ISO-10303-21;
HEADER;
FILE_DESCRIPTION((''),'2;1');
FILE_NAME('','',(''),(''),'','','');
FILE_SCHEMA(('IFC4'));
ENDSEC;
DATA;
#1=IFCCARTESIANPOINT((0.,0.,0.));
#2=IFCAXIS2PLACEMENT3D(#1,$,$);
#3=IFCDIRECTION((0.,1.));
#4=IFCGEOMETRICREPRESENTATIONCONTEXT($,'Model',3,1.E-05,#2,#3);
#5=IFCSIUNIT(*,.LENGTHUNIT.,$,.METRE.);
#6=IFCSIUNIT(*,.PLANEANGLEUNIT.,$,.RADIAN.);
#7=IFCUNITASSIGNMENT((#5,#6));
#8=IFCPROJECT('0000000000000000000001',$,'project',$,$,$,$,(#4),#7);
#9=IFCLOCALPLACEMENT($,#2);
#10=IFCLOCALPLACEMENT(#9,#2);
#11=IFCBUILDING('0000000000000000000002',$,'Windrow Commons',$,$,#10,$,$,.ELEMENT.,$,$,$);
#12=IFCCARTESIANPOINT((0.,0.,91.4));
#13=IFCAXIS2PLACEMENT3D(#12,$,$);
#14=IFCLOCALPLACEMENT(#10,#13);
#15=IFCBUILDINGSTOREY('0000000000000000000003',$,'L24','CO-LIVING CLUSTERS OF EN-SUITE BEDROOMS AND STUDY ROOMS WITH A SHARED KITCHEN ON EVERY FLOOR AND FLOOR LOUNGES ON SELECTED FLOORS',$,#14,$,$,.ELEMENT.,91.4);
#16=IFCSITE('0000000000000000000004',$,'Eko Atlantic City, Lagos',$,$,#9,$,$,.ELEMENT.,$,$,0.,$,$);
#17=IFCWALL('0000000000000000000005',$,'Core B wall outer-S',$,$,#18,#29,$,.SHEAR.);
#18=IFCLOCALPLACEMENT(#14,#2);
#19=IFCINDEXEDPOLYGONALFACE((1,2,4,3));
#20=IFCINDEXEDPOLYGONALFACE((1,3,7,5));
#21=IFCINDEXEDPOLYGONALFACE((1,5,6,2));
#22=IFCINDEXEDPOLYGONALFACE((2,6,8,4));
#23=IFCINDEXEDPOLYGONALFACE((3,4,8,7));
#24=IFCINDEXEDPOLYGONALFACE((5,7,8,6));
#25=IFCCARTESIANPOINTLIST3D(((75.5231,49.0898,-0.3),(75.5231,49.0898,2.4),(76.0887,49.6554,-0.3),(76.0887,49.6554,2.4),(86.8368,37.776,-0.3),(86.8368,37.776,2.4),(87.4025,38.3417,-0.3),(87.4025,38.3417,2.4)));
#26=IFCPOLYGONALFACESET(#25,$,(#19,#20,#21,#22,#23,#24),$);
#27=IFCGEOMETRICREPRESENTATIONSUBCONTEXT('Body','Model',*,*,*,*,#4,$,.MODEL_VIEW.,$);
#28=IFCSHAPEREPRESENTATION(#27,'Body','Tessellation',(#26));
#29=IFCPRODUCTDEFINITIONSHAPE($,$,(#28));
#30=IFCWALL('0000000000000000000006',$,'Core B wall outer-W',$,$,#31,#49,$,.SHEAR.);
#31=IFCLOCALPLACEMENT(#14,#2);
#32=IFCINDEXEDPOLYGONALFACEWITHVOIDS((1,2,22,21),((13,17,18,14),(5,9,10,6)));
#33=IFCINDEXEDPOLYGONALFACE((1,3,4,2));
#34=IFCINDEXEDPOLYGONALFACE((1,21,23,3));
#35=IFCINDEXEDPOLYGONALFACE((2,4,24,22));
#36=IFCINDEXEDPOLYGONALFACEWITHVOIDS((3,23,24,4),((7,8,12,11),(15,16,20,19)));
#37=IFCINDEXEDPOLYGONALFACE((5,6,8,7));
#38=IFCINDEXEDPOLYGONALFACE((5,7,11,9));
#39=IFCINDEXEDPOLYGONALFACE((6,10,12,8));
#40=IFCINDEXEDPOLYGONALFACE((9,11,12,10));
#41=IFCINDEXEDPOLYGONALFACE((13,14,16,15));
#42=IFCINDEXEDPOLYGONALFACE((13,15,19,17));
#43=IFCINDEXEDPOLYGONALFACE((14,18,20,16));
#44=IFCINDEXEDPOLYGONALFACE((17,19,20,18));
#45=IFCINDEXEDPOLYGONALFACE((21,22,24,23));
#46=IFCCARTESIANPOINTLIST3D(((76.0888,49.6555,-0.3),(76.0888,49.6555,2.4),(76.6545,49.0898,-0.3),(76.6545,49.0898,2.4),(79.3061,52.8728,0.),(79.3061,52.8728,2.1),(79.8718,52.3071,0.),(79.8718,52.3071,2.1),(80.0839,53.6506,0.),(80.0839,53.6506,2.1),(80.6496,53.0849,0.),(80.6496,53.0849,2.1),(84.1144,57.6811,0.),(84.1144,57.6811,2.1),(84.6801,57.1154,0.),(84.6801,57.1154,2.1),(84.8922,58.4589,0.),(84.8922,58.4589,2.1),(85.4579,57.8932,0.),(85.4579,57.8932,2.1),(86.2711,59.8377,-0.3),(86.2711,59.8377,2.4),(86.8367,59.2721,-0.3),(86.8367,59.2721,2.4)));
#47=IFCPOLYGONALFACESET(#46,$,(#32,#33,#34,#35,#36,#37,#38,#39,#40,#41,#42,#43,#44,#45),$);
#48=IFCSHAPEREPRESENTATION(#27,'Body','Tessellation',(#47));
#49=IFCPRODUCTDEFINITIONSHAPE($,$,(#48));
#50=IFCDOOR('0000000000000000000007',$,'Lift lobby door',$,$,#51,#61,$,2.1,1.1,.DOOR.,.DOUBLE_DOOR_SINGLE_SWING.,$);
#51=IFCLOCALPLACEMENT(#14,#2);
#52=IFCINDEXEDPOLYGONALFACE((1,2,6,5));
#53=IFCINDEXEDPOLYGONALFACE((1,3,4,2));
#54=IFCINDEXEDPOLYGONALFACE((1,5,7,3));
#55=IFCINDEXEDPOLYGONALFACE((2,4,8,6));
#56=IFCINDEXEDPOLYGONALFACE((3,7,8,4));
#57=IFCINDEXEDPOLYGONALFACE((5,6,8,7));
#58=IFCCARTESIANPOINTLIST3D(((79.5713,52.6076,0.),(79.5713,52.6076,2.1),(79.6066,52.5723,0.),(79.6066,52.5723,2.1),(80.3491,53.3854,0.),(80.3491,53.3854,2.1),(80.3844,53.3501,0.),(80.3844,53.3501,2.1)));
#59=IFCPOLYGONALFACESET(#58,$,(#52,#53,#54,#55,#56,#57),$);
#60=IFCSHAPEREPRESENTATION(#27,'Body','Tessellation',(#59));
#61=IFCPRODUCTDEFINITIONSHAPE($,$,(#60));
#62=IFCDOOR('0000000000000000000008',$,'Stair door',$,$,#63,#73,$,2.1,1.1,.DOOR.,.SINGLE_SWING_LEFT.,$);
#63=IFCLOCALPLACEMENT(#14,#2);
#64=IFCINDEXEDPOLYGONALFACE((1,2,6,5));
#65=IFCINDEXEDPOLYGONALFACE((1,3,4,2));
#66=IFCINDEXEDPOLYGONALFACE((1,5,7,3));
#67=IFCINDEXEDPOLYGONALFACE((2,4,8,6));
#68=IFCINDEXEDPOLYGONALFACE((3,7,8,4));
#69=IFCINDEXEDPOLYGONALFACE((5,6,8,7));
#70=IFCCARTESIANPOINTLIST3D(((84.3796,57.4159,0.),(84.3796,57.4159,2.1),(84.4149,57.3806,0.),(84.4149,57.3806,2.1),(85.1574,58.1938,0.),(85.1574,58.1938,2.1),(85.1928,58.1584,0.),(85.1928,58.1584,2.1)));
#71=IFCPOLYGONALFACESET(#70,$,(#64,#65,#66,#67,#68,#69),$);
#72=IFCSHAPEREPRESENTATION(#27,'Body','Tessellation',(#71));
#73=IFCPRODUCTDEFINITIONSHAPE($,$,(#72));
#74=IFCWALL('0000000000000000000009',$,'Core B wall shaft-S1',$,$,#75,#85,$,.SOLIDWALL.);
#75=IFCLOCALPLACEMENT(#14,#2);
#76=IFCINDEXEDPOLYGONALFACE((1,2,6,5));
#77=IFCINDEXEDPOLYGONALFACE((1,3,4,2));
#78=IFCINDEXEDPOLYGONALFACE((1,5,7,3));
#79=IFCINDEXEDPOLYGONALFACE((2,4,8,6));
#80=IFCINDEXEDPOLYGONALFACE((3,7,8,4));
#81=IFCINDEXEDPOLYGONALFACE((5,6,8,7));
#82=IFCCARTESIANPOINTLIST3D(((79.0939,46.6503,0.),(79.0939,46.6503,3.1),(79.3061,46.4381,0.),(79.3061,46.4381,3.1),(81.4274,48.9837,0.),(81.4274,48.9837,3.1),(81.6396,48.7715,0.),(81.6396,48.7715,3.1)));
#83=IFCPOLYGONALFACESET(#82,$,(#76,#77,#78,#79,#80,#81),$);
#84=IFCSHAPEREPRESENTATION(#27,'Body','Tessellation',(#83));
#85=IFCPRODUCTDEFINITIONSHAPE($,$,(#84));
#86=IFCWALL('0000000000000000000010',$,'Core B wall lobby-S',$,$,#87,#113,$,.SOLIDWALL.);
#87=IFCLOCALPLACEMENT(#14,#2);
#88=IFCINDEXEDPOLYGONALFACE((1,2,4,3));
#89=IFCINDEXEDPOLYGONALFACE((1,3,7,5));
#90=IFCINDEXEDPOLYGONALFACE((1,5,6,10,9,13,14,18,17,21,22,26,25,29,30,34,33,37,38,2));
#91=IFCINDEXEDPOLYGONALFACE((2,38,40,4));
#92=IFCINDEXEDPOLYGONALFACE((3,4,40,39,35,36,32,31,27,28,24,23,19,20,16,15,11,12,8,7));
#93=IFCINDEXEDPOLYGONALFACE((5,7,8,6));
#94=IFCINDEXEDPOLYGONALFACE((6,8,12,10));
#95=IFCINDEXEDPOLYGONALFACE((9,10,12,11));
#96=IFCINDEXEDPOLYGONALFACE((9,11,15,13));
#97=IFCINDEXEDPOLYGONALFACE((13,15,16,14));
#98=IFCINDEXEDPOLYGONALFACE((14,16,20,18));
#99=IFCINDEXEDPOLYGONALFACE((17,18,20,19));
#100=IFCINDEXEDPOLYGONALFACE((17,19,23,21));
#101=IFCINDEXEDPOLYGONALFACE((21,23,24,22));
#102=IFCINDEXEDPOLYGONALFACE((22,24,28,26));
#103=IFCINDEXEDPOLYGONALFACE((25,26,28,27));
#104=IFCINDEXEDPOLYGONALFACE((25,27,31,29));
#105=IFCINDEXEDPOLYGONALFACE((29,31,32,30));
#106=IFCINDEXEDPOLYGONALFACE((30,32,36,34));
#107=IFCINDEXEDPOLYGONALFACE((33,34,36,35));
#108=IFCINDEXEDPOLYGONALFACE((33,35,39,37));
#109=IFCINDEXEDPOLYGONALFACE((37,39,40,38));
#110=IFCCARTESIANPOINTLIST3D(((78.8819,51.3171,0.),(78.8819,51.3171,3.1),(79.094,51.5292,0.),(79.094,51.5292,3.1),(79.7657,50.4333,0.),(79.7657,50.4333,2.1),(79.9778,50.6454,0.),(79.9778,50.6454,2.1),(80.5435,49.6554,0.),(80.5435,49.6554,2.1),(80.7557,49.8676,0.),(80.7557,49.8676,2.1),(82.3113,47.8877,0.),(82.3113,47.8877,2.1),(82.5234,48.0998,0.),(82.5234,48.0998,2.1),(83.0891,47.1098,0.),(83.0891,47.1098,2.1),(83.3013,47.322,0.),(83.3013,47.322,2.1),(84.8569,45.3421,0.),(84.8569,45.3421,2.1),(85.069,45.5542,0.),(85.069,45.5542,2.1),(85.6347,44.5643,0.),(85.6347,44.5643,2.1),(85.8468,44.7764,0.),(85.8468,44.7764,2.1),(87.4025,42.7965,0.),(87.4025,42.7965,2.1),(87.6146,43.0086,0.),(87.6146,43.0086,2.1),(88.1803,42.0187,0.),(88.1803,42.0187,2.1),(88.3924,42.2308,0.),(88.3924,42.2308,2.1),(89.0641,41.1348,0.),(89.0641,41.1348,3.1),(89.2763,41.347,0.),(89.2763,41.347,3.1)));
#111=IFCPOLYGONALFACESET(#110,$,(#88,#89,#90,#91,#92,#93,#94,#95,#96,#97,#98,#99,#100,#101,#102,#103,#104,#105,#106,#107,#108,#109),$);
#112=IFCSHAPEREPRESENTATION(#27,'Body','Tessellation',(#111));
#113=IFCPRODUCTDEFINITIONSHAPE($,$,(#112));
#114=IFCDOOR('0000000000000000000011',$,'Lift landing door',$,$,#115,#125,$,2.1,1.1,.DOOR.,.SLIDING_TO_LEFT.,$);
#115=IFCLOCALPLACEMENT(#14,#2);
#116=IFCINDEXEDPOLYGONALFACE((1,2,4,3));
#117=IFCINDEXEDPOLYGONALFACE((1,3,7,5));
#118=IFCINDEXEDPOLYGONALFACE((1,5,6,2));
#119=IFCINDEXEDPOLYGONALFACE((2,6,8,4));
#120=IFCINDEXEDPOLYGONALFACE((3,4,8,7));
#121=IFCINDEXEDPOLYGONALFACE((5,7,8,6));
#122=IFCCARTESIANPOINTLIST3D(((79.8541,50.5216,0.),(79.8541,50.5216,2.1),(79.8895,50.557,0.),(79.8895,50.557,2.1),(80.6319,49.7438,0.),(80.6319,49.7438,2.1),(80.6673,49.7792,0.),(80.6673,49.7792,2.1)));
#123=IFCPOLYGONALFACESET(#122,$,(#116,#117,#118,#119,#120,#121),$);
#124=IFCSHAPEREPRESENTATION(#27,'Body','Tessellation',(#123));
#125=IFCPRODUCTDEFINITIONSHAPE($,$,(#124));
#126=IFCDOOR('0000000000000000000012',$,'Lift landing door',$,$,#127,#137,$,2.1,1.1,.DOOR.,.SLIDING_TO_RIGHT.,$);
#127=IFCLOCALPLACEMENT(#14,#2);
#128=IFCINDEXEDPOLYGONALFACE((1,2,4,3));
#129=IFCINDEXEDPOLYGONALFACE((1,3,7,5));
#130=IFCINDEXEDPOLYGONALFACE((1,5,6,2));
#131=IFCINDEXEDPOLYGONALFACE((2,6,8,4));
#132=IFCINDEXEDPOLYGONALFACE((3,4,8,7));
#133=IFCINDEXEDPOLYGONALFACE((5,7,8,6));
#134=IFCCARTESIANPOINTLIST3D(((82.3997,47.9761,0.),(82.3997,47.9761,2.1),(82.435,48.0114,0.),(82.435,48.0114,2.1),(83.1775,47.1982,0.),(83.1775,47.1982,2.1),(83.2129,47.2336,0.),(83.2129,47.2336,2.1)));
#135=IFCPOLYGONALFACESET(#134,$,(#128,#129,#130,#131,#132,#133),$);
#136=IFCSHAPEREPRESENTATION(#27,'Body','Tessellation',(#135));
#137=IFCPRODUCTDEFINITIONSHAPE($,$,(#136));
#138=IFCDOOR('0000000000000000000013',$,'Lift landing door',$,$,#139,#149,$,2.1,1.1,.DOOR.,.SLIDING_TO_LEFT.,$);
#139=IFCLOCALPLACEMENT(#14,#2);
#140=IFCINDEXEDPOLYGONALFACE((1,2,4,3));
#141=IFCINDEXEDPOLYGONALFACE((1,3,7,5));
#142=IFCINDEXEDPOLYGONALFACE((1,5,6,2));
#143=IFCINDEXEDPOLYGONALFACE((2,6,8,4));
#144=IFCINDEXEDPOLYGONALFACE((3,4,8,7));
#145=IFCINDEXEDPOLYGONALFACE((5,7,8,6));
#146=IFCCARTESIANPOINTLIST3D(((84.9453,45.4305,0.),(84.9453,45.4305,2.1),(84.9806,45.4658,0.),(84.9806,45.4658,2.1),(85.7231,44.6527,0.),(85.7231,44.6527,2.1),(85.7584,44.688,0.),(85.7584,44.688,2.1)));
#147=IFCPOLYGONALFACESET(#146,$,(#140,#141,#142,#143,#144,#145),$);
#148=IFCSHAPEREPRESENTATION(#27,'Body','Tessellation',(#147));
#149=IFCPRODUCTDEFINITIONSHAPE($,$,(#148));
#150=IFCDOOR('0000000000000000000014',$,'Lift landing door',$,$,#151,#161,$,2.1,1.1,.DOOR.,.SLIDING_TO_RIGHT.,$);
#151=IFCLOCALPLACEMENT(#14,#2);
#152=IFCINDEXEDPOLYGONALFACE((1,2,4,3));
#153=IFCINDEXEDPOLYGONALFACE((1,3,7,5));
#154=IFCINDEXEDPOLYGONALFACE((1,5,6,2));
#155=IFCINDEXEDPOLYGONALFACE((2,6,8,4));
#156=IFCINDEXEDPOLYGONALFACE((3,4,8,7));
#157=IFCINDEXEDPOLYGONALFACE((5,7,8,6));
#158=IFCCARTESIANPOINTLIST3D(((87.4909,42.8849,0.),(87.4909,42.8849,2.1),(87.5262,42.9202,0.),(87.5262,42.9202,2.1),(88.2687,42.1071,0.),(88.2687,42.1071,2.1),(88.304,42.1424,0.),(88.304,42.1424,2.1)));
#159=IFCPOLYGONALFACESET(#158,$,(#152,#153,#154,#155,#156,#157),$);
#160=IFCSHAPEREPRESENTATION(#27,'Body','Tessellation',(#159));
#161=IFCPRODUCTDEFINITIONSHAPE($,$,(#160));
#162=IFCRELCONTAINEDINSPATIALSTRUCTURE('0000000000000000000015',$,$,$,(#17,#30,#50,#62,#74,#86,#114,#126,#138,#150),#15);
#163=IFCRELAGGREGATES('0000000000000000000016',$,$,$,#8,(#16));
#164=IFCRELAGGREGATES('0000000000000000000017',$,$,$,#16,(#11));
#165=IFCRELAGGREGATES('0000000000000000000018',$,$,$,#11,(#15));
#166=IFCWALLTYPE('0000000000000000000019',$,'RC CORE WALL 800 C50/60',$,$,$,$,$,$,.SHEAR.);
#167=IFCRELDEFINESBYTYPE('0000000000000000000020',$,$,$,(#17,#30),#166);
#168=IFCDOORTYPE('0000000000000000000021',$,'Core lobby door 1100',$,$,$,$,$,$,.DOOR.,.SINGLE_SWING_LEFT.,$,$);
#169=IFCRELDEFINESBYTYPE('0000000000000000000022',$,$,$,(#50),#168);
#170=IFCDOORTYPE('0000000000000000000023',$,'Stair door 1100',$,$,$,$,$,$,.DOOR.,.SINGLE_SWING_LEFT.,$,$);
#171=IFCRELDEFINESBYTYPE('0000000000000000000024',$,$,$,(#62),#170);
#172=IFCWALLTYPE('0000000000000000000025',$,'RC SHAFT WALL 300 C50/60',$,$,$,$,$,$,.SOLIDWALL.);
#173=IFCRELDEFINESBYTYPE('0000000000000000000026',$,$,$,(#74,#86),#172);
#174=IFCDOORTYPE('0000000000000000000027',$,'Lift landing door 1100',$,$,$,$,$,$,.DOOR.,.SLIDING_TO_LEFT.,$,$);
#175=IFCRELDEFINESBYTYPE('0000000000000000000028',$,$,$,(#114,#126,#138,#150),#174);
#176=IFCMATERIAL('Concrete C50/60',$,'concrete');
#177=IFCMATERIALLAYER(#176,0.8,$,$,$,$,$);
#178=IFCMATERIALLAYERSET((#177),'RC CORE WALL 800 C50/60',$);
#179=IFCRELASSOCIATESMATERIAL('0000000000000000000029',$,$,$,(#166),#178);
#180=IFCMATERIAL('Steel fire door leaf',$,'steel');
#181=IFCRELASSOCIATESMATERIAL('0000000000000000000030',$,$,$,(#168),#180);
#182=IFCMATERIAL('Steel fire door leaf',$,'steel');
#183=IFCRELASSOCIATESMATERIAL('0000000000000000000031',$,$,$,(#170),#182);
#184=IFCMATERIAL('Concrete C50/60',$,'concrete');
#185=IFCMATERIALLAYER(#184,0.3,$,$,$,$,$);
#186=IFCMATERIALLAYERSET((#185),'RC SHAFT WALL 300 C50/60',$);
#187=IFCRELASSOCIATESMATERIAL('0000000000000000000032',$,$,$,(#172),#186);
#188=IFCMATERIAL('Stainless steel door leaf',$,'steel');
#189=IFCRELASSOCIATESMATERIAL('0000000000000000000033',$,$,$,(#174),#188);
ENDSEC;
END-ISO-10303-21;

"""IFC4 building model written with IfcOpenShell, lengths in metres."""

from ifc_helpers import new_model, si_unit, direction, frame, frame_2d, origin, place, context, subcontext, project, spatial, rectangle, extrude, material, layer, layer_set, type_object, element, fill, save


model = new_model("IFC4")

# Units and contexts
model_context = context("Model", 3, precision=1e-05, world=origin(), true_north=direction((0.0, 1.0)))
body_context = subcontext(model_context, "Body", "Model", "MODEL_VIEW")
ifc_project = project(units=[si_unit("LENGTHUNIT", "METRE"), si_unit("PLANEANGLEUNIT", "RADIAN")], contexts=[model_context])

# Site, building, storey
site_placement = place(None, origin())
site = spatial("IfcSite", under=ifc_project, at=site_placement, Name="Eko Atlantic City, Lagos", CompositionType="ELEMENT", RefElevation=0.0)
building_placement = place(site_placement, origin())
building = spatial("IfcBuilding", under=site, at=building_placement, Name="Windrow Commons", CompositionType="ELEMENT")
storey_placement = place(building_placement, frame((0.0, 0.0, 91.4)))
storey = spatial("IfcBuildingStorey", under=building, at=storey_placement, Name="L24", Description="CO-LIVING CLUSTERS OF EN-SUITE BEDROOMS AND STUDY ROOMS WITH A SHARED KITCHEN ON EVERY FLOOR AND FLOOR LOUNGES ON SELECTED FLOORS", CompositionType="ELEMENT", Elevation=91.4)

# Shared definitions
ifc_material_1 = material(Name="Concrete C50/60", Category="concrete")
ifc_layer_1 = layer(ifc_material_1, 0.8)
ifc_layer_set_1 = layer_set([ifc_layer_1], Name="RC CORE WALL 800 C50/60")
wall_type_1 = type_object("IfcWallType", Name="RC CORE WALL 800 C50/60", PredefinedType="SHEAR", material=ifc_layer_set_1)
ifc_material_2 = material(Name="Steel fire door leaf", Category="steel")
door_type_1 = type_object("IfcDoorType", Name="Core lobby door 1100", OperationType="SINGLE_SWING_LEFT", PredefinedType="DOOR", material=ifc_material_2)
ifc_material_3 = material(Name="Steel fire door leaf", Category="steel")
door_type_2 = type_object("IfcDoorType", Name="Stair door 1100", OperationType="SINGLE_SWING_LEFT", PredefinedType="DOOR", material=ifc_material_3)

# Wall
wall_1_placement = place(storey_placement, frame((75.8059, 49.3726, -0.3), z_axis=(0.0, 0.0, 1.0), x_axis=(0.707107, -0.707107, 0.0)))
element("IfcWall", 1, at=wall_1_placement, inside=storey, type_object=wall_type_1, Name="Core B wall outer-S", PredefinedType="SHEAR", context=body_context, shape_type="SweptSolid", body=[
    extrude(rectangle(XDim=16.0, YDim=0.8, at=frame_2d((8.0, 0.0))), origin(), (0.0, 0.0, 1.0), 2.7),
])

# Wall, openings, doors
wall_2_placement = place(storey_placement, frame((76.3716, 49.3726, -0.3), z_axis=(0.0, 0.0, 1.0), x_axis=(0.707107, 0.707107, 0.0)))
wall_2 = element("IfcWall", 2, at=wall_2_placement, inside=storey, type_object=wall_type_1, Name="Core B wall outer-W", PredefinedType="SHEAR", context=body_context, shape_type="SweptSolid", body=[
    extrude(rectangle(XDim=14.3999, YDim=0.8, at=frame_2d((7.2, 0.0))), origin(), (0.0, 0.0, 1.0), 2.7),
])
opening_1_placement = place(wall_2_placement, frame((4.55, 0.0, 0.3)))
opening_1 = element("IfcOpeningElement", 3, at=opening_1_placement, cuts=wall_2, PredefinedType="OPENING", context=body_context, shape_type="SweptSolid", body=[
    extrude(rectangle(XDim=1.1, YDim=2.1, at=frame_2d((0.55, 1.05))), frame((0.0, 0.41, 0.0), z_axis=(0.0, -1.0, 0.0), x_axis=(1.0, 0.0, 0.0)), (0.0, 0.0, 1.0), 0.82),
])
opening_2_placement = place(wall_2_placement, frame((11.35, 0.0, 0.3)))
opening_2 = element("IfcOpeningElement", 4, at=opening_2_placement, cuts=wall_2, PredefinedType="OPENING", context=body_context, shape_type="SweptSolid", body=[
    extrude(rectangle(XDim=1.1, YDim=2.1, at=frame_2d((0.55, 1.05))), frame((0.0, 0.41, 0.0), z_axis=(0.0, -1.0, 0.0), x_axis=(1.0, 0.0, 0.0)), (0.0, 0.0, 1.0), 0.82),
])
door_1_placement = place(opening_1_placement, origin())
door_1 = element("IfcDoor", 5, at=door_1_placement, inside=storey, type_object=door_type_1, Name="Lift lobby door", OperationType="DOUBLE_DOOR_SINGLE_SWING", OverallHeight=2.1, OverallWidth=1.1, PredefinedType="DOOR", context=body_context, shape_type="SweptSolid", body=[
    extrude(rectangle(XDim=1.1, YDim=2.1, at=frame_2d((0.55, 1.05))), frame((0.0, 0.025, 0.0), z_axis=(0.0, -1.0, 0.0), x_axis=(1.0, 0.0, 0.0)), (0.0, 0.0, 1.0), 0.05),
])
fill(opening_1, door_1)
door_2_placement = place(opening_2_placement, origin())
door_2 = element("IfcDoor", 6, at=door_2_placement, inside=storey, type_object=door_type_2, Name="Stair door", OperationType="SINGLE_SWING_LEFT", OverallHeight=2.1, OverallWidth=1.1, PredefinedType="DOOR", context=body_context, shape_type="SweptSolid", body=[
    extrude(rectangle(XDim=1.1, YDim=2.1, at=frame_2d((0.55, 1.05))), frame((0.0, 0.025, 0.0), z_axis=(0.0, -1.0, 0.0), x_axis=(1.0, 0.0, 0.0)), (0.0, 0.0, 1.0), 0.05),
])
fill(opening_2, door_2)

# Wall
ifc_material_4 = material(Name="Concrete C50/60", Category="concrete")
ifc_layer_2 = layer(ifc_material_4, 0.3)
ifc_layer_set_2 = layer_set([ifc_layer_2], Name="RC SHAFT WALL 300 C50/60")
wall_type_2 = type_object("IfcWallType", Name="RC SHAFT WALL 300 C50/60", PredefinedType="SOLIDWALL", material=ifc_layer_set_2)
wall_3_placement = place(storey_placement, frame((79.2, 46.5442, 0.0), z_axis=(0.0, 0.0, 1.0), x_axis=(0.707122, 0.707092, 0.0)))
element("IfcWall", 7, at=wall_3_placement, inside=storey, type_object=wall_type_2, Name="Core B wall shaft-S1", PredefinedType="SOLIDWALL", context=body_context, shape_type="SweptSolid", body=[
    extrude(rectangle(XDim=3.3, YDim=0.3, at=frame_2d((1.65, 0.0))), origin(), (0.0, 0.0, 1.0), 3.1),
])

# Wall, openings, doors
wall_4_placement = place(storey_placement, frame((78.9879, 51.4232, 0.0), z_axis=(0.0, 0.0, 1.0), x_axis=(0.707107, -0.707107, 0.0)))
wall_4 = element("IfcWall", 8, at=wall_4_placement, inside=storey, type_object=wall_type_2, Name="Core B wall lobby-S", PredefinedType="SOLIDWALL", context=body_context, shape_type="SweptSolid", body=[
    extrude(rectangle(XDim=14.3999, YDim=0.3, at=frame_2d((7.2, 0.0))), origin(), (0.0, 0.0, 1.0), 3.1),
])
opening_3_placement = place(wall_4_placement, frame((1.25, 0.0, 0.0)))
opening_3 = element("IfcOpeningElement", 9, at=opening_3_placement, cuts=wall_4, PredefinedType="OPENING", context=body_context, shape_type="SweptSolid", body=[
    extrude(rectangle(XDim=1.1, YDim=2.1, at=frame_2d((0.55, 1.05))), frame((0.0, 0.16, 0.0), z_axis=(0.0, -1.0, 0.0), x_axis=(1.0, 0.0, 0.0)), (0.0, 0.0, 1.0), 0.32),
])
opening_4_placement = place(wall_4_placement, frame((4.85, 0.0, 0.0)))
opening_4 = element("IfcOpeningElement", 10, at=opening_4_placement, cuts=wall_4, PredefinedType="OPENING", context=body_context, shape_type="SweptSolid", body=[
    extrude(rectangle(XDim=1.1, YDim=2.1, at=frame_2d((0.55, 1.05))), frame((0.0, 0.16, 0.0), z_axis=(0.0, -1.0, 0.0), x_axis=(1.0, 0.0, 0.0)), (0.0, 0.0, 1.0), 0.32),
])
opening_5_placement = place(wall_4_placement, frame((8.45, 0.0, 0.0)))
opening_5 = element("IfcOpeningElement", 11, at=opening_5_placement, cuts=wall_4, PredefinedType="OPENING", context=body_context, shape_type="SweptSolid", body=[
    extrude(rectangle(XDim=1.1, YDim=2.1, at=frame_2d((0.55, 1.05))), frame((0.0, 0.16, 0.0), z_axis=(0.0, -1.0, 0.0), x_axis=(1.0, 0.0, 0.0)), (0.0, 0.0, 1.0), 0.32),
])
opening_6_placement = place(wall_4_placement, frame((12.05, 0.0, 0.0)))
opening_6 = element("IfcOpeningElement", 12, at=opening_6_placement, cuts=wall_4, PredefinedType="OPENING", context=body_context, shape_type="SweptSolid", body=[
    extrude(rectangle(XDim=1.1, YDim=2.1, at=frame_2d((0.55, 1.05))), frame((0.0, 0.16, 0.0), z_axis=(0.0, -1.0, 0.0), x_axis=(1.0, 0.0, 0.0)), (0.0, 0.0, 1.0), 0.32),
])
ifc_material_5 = material(Name="Stainless steel door leaf", Category="steel")
door_type_3 = type_object("IfcDoorType", Name="Lift landing door 1100", OperationType="SLIDING_TO_LEFT", PredefinedType="DOOR", material=ifc_material_5)
door_3_placement = place(opening_3_placement, origin())
door_3 = element("IfcDoor", 13, at=door_3_placement, inside=storey, type_object=door_type_3, Name="Lift landing door", OperationType="SLIDING_TO_LEFT", OverallHeight=2.1, OverallWidth=1.1, PredefinedType="DOOR", context=body_context, shape_type="SweptSolid", body=[
    extrude(rectangle(XDim=1.1, YDim=2.1, at=frame_2d((0.55, 1.05))), frame((0.0, 0.025, 0.0), z_axis=(0.0, -1.0, 0.0), x_axis=(1.0, 0.0, 0.0)), (0.0, 0.0, 1.0), 0.05),
])
fill(opening_3, door_3)
door_4_placement = place(opening_4_placement, origin())
door_4 = element("IfcDoor", 14, at=door_4_placement, inside=storey, type_object=door_type_3, Name="Lift landing door", OperationType="SLIDING_TO_RIGHT", OverallHeight=2.1, OverallWidth=1.1, PredefinedType="DOOR", context=body_context, shape_type="SweptSolid", body=[
    extrude(rectangle(XDim=1.1, YDim=2.1, at=frame_2d((0.55, 1.05))), frame((0.0, 0.025, 0.0), z_axis=(0.0, -1.0, 0.0), x_axis=(1.0, 0.0, 0.0)), (0.0, 0.0, 1.0), 0.05),
])
fill(opening_4, door_4)
door_5_placement = place(opening_5_placement, origin())
door_5 = element("IfcDoor", 15, at=door_5_placement, inside=storey, type_object=door_type_3, Name="Lift landing door", OperationType="SLIDING_TO_LEFT", OverallHeight=2.1, OverallWidth=1.1, PredefinedType="DOOR", context=body_context, shape_type="SweptSolid", body=[
    extrude(rectangle(XDim=1.1, YDim=2.1, at=frame_2d((0.55, 1.05))), frame((0.0, 0.025, 0.0), z_axis=(0.0, -1.0, 0.0), x_axis=(1.0, 0.0, 0.0)), (0.0, 0.0, 1.0), 0.05),
])
fill(opening_5, door_5)
door_6_placement = place(opening_6_placement, origin())
door_6 = element("IfcDoor", 16, at=door_6_placement, inside=storey, type_object=door_type_3, Name="Lift landing door", OperationType="SLIDING_TO_RIGHT", OverallHeight=2.1, OverallWidth=1.1, PredefinedType="DOOR", context=body_context, shape_type="SweptSolid", body=[
    extrude(rectangle(XDim=1.1, YDim=2.1, at=frame_2d((0.55, 1.05))), frame((0.0, 0.025, 0.0), z_axis=(0.0, -1.0, 0.0), x_axis=(1.0, 0.0, 0.0)), (0.0, 0.0, 1.0), 0.05),
])
fill(opening_6, door_6)

save(model, "model.ifc")
